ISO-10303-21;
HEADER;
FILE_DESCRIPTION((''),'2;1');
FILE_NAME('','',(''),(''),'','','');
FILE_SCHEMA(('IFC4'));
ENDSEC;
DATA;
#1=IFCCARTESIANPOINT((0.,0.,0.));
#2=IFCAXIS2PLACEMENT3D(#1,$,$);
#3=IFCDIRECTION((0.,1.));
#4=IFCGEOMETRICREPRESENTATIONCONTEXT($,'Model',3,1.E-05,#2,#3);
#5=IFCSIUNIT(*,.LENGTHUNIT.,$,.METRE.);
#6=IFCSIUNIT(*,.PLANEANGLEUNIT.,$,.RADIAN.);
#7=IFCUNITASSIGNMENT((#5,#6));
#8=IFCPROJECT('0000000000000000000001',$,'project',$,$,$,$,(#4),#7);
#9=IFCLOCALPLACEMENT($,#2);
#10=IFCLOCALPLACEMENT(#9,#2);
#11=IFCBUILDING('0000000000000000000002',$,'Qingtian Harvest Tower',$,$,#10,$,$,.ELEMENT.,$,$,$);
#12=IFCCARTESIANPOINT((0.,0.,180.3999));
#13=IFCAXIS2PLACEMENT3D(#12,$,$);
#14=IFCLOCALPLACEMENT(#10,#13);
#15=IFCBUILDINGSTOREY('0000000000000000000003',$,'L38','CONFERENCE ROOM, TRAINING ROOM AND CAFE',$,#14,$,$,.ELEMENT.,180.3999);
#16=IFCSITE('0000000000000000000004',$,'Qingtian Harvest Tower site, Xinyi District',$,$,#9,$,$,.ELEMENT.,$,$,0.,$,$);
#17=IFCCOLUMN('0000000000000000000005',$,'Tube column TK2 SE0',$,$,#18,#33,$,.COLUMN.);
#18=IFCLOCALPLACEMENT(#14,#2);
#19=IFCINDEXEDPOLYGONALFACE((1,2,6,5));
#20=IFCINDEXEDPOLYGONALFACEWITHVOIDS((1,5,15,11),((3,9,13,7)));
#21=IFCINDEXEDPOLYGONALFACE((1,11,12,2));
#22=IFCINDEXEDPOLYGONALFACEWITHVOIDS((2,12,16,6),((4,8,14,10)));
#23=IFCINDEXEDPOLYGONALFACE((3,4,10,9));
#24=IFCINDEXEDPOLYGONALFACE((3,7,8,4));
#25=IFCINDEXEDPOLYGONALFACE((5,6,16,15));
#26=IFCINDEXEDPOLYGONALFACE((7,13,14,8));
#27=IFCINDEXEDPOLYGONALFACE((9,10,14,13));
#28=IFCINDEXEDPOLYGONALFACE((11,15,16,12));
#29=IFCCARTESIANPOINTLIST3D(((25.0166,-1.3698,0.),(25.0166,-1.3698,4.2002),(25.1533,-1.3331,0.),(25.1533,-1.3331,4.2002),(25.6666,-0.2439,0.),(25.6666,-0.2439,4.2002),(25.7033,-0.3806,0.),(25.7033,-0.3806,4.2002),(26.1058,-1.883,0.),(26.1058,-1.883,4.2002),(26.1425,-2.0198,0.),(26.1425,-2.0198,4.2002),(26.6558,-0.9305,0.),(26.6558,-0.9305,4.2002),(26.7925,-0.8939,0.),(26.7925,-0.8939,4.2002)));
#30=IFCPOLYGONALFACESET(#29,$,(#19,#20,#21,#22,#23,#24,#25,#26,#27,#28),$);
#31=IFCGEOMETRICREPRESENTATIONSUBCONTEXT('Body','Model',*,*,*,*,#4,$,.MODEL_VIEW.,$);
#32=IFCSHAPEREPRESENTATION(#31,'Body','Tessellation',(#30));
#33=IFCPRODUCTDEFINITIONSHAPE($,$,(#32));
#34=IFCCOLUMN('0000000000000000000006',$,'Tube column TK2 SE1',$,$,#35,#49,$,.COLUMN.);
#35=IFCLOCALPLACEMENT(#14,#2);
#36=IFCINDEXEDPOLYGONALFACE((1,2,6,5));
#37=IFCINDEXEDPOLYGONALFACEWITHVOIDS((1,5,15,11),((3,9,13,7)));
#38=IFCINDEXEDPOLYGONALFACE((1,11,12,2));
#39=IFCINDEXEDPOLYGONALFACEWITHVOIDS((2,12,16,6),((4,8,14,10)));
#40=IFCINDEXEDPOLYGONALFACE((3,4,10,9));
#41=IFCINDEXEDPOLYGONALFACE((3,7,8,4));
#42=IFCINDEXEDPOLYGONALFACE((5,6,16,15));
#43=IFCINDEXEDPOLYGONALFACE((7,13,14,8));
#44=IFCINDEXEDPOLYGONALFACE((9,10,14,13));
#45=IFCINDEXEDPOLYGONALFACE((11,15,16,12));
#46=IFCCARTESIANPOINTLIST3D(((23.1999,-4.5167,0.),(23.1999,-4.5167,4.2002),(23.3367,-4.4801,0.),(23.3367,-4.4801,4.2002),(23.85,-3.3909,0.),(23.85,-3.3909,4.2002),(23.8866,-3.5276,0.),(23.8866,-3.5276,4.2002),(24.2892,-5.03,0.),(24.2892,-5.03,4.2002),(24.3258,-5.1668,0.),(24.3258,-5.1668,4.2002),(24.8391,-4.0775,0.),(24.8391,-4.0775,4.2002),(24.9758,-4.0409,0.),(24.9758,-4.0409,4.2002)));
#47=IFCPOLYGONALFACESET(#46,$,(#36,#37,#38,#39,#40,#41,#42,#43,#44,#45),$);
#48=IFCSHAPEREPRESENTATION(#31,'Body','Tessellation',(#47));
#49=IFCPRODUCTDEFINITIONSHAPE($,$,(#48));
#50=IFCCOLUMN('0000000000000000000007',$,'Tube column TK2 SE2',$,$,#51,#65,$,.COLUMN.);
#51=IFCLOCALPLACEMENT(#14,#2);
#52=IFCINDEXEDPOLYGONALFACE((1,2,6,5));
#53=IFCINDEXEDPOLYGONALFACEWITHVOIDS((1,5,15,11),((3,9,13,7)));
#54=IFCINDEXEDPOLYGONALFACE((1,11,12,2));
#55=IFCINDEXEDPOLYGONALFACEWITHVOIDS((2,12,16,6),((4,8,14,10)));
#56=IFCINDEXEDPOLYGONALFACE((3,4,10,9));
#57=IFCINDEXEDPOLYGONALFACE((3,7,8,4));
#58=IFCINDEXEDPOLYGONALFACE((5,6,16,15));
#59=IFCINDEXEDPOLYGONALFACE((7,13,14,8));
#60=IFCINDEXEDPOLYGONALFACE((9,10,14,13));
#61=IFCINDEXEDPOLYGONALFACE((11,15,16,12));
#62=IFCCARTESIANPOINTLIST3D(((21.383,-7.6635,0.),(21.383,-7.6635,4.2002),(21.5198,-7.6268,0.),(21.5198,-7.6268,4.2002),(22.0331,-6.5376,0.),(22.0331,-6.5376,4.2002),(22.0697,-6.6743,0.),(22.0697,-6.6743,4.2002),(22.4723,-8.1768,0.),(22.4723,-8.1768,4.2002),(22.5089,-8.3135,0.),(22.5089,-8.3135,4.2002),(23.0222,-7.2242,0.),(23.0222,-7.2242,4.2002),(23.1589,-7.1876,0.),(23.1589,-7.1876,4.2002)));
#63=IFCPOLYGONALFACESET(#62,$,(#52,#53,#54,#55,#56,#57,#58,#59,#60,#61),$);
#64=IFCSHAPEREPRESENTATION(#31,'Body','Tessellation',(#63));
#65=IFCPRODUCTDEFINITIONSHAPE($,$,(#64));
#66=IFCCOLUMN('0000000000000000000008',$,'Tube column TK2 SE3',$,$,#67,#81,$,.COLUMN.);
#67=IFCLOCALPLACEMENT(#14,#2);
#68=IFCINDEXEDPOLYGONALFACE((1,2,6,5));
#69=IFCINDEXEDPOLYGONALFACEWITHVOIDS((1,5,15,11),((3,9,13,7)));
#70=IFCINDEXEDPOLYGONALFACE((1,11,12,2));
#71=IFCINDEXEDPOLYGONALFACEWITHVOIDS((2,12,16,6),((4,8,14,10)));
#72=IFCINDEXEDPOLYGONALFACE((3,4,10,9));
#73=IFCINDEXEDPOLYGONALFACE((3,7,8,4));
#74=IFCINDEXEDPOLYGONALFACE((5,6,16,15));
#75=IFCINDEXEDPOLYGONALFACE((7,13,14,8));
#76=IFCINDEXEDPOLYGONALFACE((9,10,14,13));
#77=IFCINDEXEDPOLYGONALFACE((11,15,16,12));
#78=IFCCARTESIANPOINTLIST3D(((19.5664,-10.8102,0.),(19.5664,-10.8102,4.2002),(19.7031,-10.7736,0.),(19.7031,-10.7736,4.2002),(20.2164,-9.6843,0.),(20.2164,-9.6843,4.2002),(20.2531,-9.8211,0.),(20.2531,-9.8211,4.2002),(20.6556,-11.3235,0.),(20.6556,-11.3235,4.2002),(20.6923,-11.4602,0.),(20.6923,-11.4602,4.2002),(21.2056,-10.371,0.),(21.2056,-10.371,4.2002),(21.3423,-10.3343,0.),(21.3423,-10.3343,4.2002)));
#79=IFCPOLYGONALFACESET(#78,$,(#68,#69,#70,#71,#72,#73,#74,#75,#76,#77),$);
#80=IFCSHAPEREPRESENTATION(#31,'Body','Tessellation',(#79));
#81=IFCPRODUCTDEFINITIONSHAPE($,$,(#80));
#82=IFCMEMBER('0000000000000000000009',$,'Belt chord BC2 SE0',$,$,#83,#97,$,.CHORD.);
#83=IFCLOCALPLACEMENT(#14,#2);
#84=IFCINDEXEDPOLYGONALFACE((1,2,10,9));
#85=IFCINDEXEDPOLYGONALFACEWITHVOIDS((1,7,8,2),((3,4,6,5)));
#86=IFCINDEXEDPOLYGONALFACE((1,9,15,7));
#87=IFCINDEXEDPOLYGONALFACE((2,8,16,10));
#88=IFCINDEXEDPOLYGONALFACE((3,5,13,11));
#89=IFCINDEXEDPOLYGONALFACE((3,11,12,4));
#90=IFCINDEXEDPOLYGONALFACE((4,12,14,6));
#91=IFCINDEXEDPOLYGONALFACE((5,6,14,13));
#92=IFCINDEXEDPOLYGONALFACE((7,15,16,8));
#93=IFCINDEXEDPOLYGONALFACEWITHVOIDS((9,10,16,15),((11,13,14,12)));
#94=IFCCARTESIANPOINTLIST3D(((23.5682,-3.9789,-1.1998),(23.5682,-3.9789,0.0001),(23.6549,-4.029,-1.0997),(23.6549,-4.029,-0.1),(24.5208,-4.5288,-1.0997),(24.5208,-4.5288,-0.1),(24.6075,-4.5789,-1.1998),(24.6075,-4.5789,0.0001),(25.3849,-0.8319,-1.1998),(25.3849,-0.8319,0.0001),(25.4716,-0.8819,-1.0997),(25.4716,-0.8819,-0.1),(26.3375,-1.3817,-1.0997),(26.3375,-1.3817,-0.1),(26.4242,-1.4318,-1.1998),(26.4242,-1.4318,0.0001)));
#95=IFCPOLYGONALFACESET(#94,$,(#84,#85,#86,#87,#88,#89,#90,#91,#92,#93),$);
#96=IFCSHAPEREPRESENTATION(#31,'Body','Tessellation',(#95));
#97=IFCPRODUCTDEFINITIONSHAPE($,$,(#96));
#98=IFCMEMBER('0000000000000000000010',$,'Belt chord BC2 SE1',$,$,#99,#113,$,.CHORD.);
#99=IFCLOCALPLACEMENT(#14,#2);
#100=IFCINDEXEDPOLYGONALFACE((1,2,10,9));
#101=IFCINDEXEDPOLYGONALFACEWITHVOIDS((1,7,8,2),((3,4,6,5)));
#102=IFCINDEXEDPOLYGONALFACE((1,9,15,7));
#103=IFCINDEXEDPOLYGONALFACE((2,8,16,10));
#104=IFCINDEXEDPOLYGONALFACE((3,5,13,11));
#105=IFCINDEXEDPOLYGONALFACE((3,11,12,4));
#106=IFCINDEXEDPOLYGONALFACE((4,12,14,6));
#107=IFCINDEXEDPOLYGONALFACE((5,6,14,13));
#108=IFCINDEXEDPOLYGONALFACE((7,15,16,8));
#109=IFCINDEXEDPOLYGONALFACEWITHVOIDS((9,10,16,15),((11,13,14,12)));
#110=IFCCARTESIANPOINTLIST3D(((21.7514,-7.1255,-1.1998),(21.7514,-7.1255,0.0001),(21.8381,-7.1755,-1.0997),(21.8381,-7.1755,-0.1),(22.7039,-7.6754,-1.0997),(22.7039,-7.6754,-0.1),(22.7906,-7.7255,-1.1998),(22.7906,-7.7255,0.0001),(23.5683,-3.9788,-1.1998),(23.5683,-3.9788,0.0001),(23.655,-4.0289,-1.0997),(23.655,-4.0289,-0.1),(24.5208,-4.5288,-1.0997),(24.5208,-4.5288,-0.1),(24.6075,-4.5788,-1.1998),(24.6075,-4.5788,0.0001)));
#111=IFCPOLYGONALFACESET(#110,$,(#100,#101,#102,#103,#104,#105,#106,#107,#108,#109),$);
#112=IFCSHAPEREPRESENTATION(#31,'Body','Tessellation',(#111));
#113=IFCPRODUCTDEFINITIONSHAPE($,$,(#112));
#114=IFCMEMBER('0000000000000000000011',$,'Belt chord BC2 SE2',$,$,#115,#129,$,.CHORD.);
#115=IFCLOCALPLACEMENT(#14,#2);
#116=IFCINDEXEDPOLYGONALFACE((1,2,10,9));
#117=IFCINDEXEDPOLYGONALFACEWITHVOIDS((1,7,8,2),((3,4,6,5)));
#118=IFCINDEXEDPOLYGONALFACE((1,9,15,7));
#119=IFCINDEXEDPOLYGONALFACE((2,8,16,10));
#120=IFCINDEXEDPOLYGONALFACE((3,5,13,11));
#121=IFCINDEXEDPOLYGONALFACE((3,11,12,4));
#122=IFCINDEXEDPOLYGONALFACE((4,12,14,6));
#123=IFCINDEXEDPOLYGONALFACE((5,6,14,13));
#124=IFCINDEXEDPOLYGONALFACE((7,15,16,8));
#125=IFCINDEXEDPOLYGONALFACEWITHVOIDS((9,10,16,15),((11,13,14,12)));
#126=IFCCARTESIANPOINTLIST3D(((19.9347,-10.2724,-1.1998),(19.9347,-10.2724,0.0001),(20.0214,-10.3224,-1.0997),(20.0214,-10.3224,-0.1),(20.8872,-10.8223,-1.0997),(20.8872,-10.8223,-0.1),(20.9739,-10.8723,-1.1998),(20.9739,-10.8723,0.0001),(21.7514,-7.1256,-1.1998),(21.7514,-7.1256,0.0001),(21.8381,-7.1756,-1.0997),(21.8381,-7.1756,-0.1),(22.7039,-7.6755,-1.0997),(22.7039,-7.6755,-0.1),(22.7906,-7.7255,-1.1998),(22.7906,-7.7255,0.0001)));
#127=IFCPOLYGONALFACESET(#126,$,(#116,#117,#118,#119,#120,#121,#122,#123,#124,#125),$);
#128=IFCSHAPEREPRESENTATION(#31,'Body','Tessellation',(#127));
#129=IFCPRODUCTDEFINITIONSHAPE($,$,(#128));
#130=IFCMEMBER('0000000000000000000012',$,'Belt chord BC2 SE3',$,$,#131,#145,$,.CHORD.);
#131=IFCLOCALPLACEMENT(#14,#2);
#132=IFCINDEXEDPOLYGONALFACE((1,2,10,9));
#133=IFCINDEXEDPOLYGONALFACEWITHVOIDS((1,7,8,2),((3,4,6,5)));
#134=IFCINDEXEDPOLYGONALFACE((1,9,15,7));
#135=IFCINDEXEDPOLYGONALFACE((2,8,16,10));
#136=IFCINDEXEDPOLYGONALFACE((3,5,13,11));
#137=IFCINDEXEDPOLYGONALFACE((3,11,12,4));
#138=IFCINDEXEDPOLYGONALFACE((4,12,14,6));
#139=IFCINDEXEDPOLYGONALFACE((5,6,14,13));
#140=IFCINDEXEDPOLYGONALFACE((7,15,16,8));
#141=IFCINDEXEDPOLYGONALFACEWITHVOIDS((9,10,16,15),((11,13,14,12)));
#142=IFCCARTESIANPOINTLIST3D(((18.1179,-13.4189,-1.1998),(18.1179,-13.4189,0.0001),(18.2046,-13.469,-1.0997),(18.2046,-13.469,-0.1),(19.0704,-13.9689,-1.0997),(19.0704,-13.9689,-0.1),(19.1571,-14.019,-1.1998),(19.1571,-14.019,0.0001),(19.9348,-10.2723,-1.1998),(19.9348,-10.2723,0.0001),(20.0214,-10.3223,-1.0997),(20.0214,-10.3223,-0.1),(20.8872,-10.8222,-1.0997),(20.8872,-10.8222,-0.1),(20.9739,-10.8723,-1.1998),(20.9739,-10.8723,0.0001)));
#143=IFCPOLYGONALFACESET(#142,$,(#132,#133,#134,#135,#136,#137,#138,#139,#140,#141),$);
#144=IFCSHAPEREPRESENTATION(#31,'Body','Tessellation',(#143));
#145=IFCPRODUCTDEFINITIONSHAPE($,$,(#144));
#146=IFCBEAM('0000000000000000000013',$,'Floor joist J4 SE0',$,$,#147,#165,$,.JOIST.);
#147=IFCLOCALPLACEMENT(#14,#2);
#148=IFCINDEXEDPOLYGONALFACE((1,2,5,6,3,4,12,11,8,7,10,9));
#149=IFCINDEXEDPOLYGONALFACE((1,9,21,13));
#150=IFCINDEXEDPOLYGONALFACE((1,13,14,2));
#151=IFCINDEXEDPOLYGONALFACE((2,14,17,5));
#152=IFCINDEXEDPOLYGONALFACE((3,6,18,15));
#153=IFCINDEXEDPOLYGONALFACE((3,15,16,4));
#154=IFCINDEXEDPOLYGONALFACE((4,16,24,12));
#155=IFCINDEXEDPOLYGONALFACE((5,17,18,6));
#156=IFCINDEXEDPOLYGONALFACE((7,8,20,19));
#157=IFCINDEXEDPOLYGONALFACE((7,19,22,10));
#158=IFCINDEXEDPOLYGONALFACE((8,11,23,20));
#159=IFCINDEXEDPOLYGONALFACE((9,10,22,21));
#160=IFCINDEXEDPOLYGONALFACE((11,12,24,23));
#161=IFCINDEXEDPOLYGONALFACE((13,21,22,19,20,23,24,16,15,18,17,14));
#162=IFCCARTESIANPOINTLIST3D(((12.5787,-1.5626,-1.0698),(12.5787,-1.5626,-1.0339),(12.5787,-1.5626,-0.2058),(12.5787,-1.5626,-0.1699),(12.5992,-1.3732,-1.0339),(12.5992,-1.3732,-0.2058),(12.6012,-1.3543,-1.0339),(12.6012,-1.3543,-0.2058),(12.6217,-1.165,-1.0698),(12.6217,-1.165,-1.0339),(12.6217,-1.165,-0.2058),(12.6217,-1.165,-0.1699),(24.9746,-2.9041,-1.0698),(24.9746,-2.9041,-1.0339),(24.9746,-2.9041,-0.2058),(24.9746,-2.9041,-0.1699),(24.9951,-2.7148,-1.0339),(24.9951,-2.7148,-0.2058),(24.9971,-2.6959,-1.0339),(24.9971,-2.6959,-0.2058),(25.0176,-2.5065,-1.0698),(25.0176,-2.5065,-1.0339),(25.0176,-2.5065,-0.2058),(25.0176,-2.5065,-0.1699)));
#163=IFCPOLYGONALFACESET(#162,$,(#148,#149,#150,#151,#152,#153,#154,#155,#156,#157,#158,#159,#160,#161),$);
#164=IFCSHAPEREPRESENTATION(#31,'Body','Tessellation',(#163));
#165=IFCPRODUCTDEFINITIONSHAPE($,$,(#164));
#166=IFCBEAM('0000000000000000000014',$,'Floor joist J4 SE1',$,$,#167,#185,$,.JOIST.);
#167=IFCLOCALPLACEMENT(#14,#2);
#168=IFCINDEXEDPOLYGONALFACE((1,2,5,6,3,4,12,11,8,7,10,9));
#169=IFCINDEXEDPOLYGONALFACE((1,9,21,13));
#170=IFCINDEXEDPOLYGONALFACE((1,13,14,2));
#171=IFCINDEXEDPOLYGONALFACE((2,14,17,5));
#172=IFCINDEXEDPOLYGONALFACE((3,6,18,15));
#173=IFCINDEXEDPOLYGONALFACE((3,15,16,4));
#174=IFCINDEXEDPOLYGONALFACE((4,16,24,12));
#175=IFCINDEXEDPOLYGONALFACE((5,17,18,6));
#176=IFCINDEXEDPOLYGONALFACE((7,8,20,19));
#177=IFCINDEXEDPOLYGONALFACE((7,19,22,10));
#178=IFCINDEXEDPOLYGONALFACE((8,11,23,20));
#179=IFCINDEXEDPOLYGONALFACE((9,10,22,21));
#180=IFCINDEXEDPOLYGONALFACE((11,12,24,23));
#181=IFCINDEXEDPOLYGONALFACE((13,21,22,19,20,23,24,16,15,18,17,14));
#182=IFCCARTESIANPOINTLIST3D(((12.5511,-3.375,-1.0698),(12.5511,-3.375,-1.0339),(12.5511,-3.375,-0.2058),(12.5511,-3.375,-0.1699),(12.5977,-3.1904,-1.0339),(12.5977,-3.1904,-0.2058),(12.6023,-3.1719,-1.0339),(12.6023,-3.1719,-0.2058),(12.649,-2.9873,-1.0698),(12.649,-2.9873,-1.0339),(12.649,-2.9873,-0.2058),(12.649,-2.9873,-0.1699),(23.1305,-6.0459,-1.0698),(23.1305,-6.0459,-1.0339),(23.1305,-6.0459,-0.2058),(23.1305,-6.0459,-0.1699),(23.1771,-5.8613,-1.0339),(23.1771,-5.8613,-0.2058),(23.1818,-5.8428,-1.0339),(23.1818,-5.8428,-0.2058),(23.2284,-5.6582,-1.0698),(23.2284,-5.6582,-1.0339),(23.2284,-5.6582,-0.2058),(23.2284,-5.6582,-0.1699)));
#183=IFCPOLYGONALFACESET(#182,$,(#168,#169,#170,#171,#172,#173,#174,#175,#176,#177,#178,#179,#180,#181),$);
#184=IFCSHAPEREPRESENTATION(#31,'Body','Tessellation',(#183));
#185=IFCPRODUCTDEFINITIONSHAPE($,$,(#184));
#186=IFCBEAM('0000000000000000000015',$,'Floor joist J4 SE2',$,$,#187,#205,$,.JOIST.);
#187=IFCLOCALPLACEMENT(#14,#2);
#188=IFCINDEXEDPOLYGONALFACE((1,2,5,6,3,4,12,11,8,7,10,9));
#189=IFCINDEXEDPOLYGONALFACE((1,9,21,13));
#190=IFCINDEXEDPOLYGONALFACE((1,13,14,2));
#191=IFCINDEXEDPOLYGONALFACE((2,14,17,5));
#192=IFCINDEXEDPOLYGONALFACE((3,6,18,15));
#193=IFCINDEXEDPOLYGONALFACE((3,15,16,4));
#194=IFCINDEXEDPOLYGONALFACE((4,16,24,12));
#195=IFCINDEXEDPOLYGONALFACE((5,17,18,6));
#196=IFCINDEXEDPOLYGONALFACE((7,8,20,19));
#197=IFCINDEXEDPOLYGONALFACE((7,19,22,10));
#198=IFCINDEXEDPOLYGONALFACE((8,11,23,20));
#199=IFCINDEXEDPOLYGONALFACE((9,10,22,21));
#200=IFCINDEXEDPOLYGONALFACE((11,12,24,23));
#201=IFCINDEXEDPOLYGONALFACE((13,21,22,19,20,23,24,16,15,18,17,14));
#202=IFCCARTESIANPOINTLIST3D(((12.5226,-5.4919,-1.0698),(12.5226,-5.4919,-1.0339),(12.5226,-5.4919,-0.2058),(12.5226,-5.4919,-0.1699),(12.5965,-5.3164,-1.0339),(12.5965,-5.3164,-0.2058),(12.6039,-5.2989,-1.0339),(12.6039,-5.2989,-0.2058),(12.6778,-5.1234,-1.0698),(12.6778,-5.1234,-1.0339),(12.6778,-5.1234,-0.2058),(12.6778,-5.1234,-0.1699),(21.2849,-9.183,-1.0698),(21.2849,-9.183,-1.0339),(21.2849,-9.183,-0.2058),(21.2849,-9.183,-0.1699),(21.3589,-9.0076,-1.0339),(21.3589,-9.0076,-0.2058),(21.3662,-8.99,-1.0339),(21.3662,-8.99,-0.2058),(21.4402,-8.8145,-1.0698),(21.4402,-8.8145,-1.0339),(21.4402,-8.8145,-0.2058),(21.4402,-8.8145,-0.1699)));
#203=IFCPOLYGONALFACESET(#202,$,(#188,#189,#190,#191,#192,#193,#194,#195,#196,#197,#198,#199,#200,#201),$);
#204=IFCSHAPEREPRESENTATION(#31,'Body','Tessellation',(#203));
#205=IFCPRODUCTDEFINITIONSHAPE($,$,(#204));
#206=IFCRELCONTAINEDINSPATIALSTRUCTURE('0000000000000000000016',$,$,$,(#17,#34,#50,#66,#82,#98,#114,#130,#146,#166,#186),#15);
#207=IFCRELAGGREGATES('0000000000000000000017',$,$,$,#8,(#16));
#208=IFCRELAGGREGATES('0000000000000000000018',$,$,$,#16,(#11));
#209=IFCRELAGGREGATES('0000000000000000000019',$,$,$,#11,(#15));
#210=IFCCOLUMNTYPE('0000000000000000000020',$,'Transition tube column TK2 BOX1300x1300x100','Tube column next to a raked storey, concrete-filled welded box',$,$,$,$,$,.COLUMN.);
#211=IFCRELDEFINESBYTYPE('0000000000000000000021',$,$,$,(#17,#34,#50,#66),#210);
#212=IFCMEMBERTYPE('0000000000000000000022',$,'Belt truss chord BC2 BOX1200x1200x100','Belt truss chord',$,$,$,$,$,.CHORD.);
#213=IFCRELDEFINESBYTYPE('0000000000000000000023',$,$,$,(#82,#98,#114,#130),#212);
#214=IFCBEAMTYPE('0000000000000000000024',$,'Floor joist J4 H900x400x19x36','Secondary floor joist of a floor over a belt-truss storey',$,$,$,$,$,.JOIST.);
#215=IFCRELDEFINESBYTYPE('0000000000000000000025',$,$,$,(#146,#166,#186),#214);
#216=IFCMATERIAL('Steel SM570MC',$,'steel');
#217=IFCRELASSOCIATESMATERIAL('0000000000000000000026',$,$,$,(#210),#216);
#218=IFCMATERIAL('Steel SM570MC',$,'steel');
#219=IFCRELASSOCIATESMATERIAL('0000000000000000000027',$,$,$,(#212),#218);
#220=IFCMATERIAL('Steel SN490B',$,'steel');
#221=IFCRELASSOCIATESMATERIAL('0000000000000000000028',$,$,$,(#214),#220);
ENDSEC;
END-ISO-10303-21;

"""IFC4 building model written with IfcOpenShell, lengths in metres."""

from ifc_helpers import new_model, si_unit, direction, frame, origin, origin_2d, place, context, subcontext, project, spatial, hollow_rectangle, i_section, extrude, material, material_profile, profile_set, type_object, element, save


model = new_model("IFC4")

# Units and contexts
model_context = context("Model", 3, precision=1e-05, world=origin(), true_north=direction((0.0, 1.0)))
body_context = subcontext(model_context, "Body", "Model", "MODEL_VIEW")
ifc_project = project(units=[si_unit("LENGTHUNIT", "METRE"), si_unit("PLANEANGLEUNIT", "RADIAN")], contexts=[model_context])

# Site, building, storey
site_placement = place(None, origin())
site = spatial("IfcSite", under=ifc_project, at=site_placement, Name="Qingtian Harvest Tower site, Xinyi District", CompositionType="ELEMENT", RefElevation=0.0)
building_placement = place(site_placement, origin())
building = spatial("IfcBuilding", under=site, at=building_placement, Name="Qingtian Harvest Tower", CompositionType="ELEMENT")
storey_placement = place(building_placement, frame((0.0, 0.0, 180.3999)))
storey = spatial("IfcBuildingStorey", under=building, at=storey_placement, Name="L38", Description="CONFERENCE ROOM, TRAINING ROOM AND CAFE", CompositionType="ELEMENT", Elevation=180.3999)

# Columns
ifc_material_1 = material(Name="Steel SM570MC", Category="steel")
ifc_material_profile_1 = material_profile(ifc_material_1, hollow_rectangle(XDim=1.3, YDim=1.3, WallThickness=0.1001, at=origin_2d()), Name="BOX1300x1300x100")
ifc_profile_set_1 = profile_set([ifc_material_profile_1], Name="Steel SM570MC")
column_type = type_object("IfcColumnType", Name="Transition tube column TK2 BOX1300x1300x100", Description="Tube column next to a raked storey, concrete-filled welded box", PredefinedType="COLUMN", material=ifc_profile_set_1)
for number, where, z_axis, x_axis, name in (
    (1, (25.9045, -1.1318, 0.0), (0.0, 0.0, 1.0), (0.5, 0.866025, 0.0), "Tube column TK2 SE0"),
    (2, (24.0879, -4.2788, 0.0), (0.0, 0.0, 1.0), (0.5, 0.866025, 0.0), "Tube column TK2 SE1"),
    (3, (22.271, -7.4255, 0.0), (0.0, 0.0, 1.0), (0.5, 0.866025, 0.0), "Tube column TK2 SE2"),
    (4, (20.4543, -10.5723, 0.0), (0.0, 0.0, 1.0), (0.5, 0.866025, 0.0), "Tube column TK2 SE3"),
):
    element("IfcColumn", number, at=place(storey_placement, frame(where, z_axis=z_axis, x_axis=x_axis)), inside=storey, type_object=column_type, Name=name, PredefinedType="COLUMN", context=body_context, shape_type="SweptSolid", body=[
        extrude(hollow_rectangle(XDim=1.3, YDim=1.3, WallThickness=0.1001, at=origin_2d()), origin(), (0.0, 0.0, 1.0), 4.2002),
    ])

# Members
ifc_material_2 = material(Name="Steel SM570MC", Category="steel")
ifc_material_profile_2 = material_profile(ifc_material_2, hollow_rectangle(XDim=1.2, YDim=1.2, WallThickness=0.1001, at=origin_2d()), Name="BOX1200x1200x100")
ifc_profile_set_2 = profile_set([ifc_material_profile_2], Name="Steel SM570MC")
member_type_1 = type_object("IfcMemberType", Name="Belt truss chord BC2 BOX1200x1200x100", Description="Belt truss chord", PredefinedType="CHORD", material=ifc_profile_set_2)
member_1_placement = place(storey_placement, frame((25.9045, -1.1318, -0.5999), z_axis=(-0.499947, -0.866056, 0.0), x_axis=(0.866056, -0.499947, 0.0)))
element("IfcMember", 5, at=member_1_placement, inside=storey, type_object=member_type_1, Name="Belt chord BC2 SE0", PredefinedType="CHORD", context=body_context, shape_type="SweptSolid", body=[
    extrude(hollow_rectangle(XDim=1.2, YDim=1.2, WallThickness=0.1001, at=origin_2d()), origin(), (0.0, 0.0, 1.0), 3.6338),
])
for number, where, z_axis, x_axis, name in (
    (6, (24.0879, -4.2788, -0.5999), (-0.500027, -0.86601, 0.0), (0.86601, -0.500027, 0.0), "Belt chord BC2 SE1"),
    (7, (22.271, -7.4255, -0.5999), (-0.499976, -0.866039, 0.0), (0.866039, -0.499976, 0.0), "Belt chord BC2 SE2"),
    (8, (20.4543, -10.5723, -0.5999), (-0.500027, -0.86601, 0.0), (0.86601, -0.500027, 0.0), "Belt chord BC2 SE3"),
):
    element("IfcMember", number, at=place(storey_placement, frame(where, z_axis=z_axis, x_axis=x_axis)), inside=storey, type_object=member_type_1, Name=name, PredefinedType="CHORD", context=body_context, shape_type="SweptSolid", body=[
        extrude(hollow_rectangle(XDim=1.2, YDim=1.2, WallThickness=0.1001, at=origin_2d()), origin(), (0.0, 0.0, 1.0), 3.6335),
    ])

# Beams
ifc_material_3 = material(Name="Steel SN490B", Category="steel")
ifc_material_profile_3 = material_profile(ifc_material_3, i_section(OverallWidth=0.3999, OverallDepth=0.8999, WebThickness=0.019, FlangeThickness=0.0359, at=origin_2d()), Name="H900x400x19x36")
ifc_profile_set_3 = profile_set([ifc_material_profile_3], Name="Steel SN490B")
beam_type_1 = type_object("IfcBeamType", Name="Floor joist J4 H900x400x19x36", Description="Secondary floor joist of a floor over a belt-truss storey", PredefinedType="JOIST", material=ifc_profile_set_3)
beam_1_placement = place(storey_placement, frame((24.9961, -2.7053, -0.6199), z_axis=(-0.994195, 0.107596, 0.0), x_axis=(-0.107596, -0.994195, 0.0)))
element("IfcBeam", 9, at=beam_1_placement, inside=storey, type_object=beam_type_1, Name="Floor joist J4 SE0", PredefinedType="JOIST", context=body_context, shape_type="SweptSolid", body=[
    extrude(i_section(OverallWidth=0.3999, OverallDepth=0.8999, WebThickness=0.019, FlangeThickness=0.0359, at=origin_2d()), origin(), (0.0, 0.0, 1.0), 12.4683),
])
beam_2_placement = place(storey_placement, frame((23.1794, -5.8521, -0.6199), z_axis=(-0.969578, 0.244783, 0.0), x_axis=(-0.244783, -0.969578, 0.0)))
element("IfcBeam", 10, at=beam_2_placement, inside=storey, type_object=beam_type_1, Name="Floor joist J4 SE1", PredefinedType="JOIST", context=body_context, shape_type="SweptSolid", body=[
    extrude(i_section(OverallWidth=0.3999, OverallDepth=0.8999, WebThickness=0.019, FlangeThickness=0.0359, at=origin_2d()), origin(), (0.0, 0.0, 1.0), 10.9114),
])
beam_3_placement = place(storey_placement, frame((21.3625, -8.9988, -0.6199), z_axis=(-0.921571, 0.38821, 0.0), x_axis=(-0.38821, -0.921571, 0.0)))
element("IfcBeam", 11, at=beam_3_placement, inside=storey, type_object=beam_type_1, Name="Floor joist J4 SE2", PredefinedType="JOIST", context=body_context, shape_type="SweptSolid", body=[
    extrude(i_section(OverallWidth=0.3999, OverallDepth=0.8999, WebThickness=0.019, FlangeThickness=0.0359, at=origin_2d()), origin(), (0.0, 0.0, 1.0), 9.5081),
])

save(model, "model.ifc")
